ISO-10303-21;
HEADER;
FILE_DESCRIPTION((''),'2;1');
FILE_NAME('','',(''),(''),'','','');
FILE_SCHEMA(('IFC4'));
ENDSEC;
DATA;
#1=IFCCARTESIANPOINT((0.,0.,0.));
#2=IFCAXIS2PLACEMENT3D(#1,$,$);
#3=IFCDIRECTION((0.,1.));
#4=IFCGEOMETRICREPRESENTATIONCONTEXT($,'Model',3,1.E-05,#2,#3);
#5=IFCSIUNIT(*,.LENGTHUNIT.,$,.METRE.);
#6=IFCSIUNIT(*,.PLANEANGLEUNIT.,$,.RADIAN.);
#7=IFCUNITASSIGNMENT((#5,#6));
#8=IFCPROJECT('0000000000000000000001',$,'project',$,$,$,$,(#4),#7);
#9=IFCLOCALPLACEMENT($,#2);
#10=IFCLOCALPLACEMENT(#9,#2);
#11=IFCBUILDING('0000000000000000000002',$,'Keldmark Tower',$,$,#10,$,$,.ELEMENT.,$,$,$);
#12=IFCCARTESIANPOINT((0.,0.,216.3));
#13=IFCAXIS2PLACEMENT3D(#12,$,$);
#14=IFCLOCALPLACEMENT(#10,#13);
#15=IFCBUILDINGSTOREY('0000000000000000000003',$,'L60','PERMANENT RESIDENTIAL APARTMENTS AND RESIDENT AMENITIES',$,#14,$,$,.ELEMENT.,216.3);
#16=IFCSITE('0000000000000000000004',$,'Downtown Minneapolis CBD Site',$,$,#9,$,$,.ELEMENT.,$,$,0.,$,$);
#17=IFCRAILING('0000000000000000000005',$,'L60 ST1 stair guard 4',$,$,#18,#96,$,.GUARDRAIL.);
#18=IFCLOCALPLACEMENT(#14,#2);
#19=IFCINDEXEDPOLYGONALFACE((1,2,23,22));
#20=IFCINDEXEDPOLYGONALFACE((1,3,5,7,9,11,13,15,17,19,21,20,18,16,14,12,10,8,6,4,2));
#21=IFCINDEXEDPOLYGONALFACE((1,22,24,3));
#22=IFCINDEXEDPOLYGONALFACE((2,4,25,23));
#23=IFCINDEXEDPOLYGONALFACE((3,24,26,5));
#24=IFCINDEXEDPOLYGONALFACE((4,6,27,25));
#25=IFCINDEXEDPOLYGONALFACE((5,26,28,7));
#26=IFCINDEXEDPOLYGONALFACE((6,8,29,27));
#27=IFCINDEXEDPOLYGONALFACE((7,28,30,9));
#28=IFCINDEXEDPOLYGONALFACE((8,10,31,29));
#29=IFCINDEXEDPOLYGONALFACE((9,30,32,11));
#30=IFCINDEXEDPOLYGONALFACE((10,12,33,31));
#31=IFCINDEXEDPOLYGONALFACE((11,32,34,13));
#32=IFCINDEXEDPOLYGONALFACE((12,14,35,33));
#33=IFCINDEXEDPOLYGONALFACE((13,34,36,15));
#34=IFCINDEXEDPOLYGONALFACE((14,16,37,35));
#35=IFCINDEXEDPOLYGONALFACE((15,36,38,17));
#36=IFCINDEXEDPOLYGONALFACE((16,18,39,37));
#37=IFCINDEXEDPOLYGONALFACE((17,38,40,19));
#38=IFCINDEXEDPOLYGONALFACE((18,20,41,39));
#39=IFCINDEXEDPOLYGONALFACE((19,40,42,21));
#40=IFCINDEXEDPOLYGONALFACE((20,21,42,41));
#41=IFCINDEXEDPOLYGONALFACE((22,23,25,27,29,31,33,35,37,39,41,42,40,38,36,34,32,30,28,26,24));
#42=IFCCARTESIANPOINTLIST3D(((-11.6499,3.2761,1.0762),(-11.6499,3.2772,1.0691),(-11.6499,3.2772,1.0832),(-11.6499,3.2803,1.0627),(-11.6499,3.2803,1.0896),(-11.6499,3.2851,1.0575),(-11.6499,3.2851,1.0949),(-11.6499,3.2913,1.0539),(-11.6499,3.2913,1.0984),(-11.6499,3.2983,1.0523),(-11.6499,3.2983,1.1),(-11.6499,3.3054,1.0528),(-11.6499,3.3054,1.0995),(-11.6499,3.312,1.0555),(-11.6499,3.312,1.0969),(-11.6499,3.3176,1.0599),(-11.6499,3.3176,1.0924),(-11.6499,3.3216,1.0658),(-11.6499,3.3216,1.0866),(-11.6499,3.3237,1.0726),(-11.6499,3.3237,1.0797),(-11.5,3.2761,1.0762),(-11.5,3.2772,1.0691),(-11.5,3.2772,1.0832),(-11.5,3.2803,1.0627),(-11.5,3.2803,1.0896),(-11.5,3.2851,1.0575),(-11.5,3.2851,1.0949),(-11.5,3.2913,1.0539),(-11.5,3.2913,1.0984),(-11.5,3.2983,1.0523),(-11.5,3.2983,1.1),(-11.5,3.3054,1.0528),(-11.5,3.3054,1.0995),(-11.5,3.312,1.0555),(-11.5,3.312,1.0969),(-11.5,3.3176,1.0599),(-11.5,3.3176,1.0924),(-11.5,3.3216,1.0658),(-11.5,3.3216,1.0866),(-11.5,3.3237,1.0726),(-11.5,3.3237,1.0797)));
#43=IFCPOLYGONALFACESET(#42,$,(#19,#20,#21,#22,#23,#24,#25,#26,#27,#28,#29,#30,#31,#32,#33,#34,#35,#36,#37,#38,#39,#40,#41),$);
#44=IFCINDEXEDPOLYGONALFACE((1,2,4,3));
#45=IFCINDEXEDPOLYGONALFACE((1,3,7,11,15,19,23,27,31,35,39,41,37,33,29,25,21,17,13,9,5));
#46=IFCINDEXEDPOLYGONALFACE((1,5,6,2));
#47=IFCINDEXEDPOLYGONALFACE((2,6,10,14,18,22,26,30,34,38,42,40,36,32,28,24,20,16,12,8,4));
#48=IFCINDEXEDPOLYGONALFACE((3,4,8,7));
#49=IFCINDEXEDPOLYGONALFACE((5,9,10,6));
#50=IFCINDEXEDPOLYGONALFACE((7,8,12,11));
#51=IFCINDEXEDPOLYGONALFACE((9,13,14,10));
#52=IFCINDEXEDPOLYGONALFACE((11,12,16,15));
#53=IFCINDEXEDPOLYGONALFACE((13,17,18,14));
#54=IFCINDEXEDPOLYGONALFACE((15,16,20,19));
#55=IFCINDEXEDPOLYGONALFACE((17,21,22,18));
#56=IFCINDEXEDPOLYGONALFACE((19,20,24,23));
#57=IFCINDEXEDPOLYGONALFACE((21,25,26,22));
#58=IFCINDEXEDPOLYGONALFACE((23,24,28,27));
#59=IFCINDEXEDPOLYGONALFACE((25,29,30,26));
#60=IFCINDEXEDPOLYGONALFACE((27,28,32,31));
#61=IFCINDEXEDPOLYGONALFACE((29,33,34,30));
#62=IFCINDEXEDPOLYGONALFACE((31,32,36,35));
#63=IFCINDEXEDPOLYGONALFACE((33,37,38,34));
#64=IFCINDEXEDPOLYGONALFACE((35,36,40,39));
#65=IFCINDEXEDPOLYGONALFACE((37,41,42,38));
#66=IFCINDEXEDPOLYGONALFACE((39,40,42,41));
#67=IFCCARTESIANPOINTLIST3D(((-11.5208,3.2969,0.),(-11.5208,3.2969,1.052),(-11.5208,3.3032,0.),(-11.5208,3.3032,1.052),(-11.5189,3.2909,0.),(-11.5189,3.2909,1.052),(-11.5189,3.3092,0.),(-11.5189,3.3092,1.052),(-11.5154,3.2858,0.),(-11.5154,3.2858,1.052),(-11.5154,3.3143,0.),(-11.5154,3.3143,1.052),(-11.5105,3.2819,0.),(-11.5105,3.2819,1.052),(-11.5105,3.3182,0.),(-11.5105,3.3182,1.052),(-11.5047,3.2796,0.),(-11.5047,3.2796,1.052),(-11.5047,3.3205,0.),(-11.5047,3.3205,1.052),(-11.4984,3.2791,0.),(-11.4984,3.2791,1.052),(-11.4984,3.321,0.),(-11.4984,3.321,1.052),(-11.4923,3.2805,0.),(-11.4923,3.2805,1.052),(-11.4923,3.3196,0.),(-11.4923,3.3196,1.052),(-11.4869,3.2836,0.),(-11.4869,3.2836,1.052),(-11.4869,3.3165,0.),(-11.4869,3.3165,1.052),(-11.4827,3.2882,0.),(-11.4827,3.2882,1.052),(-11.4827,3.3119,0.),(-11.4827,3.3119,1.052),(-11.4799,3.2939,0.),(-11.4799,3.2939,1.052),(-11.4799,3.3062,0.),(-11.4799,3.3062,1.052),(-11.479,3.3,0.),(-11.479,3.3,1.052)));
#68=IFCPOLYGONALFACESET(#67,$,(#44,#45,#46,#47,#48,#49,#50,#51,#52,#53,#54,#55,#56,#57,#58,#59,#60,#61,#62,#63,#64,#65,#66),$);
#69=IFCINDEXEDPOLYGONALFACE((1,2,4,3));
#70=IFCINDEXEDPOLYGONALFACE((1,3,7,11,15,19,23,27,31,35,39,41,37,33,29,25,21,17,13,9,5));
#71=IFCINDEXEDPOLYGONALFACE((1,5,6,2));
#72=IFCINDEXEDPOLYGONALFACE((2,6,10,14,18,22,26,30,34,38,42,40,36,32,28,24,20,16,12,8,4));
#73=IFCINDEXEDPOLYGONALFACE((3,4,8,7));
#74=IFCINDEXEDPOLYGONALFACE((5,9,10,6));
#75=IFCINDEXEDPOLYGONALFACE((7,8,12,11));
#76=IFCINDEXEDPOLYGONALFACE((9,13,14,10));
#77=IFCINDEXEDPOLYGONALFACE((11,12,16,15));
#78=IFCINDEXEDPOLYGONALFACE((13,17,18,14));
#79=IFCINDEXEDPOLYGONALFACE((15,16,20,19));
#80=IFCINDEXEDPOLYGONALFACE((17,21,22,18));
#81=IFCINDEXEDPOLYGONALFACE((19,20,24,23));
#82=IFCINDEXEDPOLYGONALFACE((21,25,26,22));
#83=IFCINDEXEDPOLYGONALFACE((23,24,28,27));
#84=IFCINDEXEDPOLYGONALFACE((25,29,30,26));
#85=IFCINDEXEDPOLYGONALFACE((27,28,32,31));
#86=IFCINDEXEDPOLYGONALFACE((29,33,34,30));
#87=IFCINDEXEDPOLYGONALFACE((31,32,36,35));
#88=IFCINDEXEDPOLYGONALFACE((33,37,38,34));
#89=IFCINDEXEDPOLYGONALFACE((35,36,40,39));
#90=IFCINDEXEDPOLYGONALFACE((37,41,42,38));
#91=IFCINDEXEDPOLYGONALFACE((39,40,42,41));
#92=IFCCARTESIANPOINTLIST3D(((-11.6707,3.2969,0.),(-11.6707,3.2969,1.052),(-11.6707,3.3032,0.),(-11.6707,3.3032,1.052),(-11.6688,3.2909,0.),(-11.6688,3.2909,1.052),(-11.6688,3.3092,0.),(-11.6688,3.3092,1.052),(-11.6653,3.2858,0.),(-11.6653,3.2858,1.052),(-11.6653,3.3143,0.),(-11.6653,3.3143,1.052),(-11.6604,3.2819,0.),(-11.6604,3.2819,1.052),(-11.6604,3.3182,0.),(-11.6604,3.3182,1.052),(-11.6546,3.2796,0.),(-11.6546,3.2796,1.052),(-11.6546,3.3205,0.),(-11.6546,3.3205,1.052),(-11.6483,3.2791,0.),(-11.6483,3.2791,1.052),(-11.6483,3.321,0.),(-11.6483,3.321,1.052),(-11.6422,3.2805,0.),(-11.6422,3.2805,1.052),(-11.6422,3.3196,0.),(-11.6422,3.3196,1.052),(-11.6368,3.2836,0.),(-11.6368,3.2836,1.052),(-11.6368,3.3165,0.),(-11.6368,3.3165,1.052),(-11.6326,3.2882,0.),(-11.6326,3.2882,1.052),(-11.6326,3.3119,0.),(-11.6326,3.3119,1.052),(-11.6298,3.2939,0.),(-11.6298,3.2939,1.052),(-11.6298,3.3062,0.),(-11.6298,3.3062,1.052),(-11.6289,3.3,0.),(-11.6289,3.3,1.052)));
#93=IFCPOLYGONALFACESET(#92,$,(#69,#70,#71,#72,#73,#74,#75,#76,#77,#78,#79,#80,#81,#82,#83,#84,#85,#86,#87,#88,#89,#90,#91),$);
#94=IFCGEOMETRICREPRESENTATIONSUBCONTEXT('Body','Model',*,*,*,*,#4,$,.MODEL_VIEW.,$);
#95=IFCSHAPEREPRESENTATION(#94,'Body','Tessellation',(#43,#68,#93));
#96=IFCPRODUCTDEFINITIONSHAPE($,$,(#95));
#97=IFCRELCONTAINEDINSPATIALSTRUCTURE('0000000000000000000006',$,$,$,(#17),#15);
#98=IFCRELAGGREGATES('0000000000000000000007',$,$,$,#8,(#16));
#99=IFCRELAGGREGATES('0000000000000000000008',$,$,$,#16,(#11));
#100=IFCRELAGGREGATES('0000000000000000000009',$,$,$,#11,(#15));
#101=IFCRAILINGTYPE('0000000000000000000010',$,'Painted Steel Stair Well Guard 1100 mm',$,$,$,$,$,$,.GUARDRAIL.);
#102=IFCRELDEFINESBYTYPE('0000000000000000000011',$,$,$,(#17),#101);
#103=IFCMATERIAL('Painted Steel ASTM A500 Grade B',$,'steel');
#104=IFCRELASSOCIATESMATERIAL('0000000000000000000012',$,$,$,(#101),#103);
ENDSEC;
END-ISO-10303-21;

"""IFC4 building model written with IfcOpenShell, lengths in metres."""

from ifc_helpers import new_model, si_unit, direction, frame, origin, origin_2d, place, context, subcontext, project, spatial, circle, extrude, material, type_object, element, save


model = new_model("IFC4")

# Units and contexts
model_context = context("Model", 3, precision=1e-05, world=origin(), true_north=direction((0.0, 1.0)))
body_context = subcontext(model_context, "Body", "Model", "MODEL_VIEW")
ifc_project = project(units=[si_unit("LENGTHUNIT", "METRE"), si_unit("PLANEANGLEUNIT", "RADIAN")], contexts=[model_context])

# Site, building, storey
site_placement = place(None, origin())
site = spatial("IfcSite", under=ifc_project, at=site_placement, Name="Downtown Minneapolis CBD Site", CompositionType="ELEMENT", RefElevation=0.0)
building_placement = place(site_placement, origin())
building = spatial("IfcBuilding", under=site, at=building_placement, Name="Keldmark Tower", CompositionType="ELEMENT")
storey_placement = place(building_placement, frame((0.0, 0.0, 216.3)))
storey = spatial("IfcBuildingStorey", under=building, at=storey_placement, Name="L60", Description="PERMANENT RESIDENTIAL APARTMENTS AND RESIDENT AMENITIES", CompositionType="ELEMENT", Elevation=216.3)

# Railing
ifc_material_1 = material(Name="Painted Steel ASTM A500 Grade B", Category="steel")
railing_type_1 = type_object("IfcRailingType", Name="Painted Steel Stair Well Guard 1100 mm", PredefinedType="GUARDRAIL", material=ifc_material_1)
railing_1_placement = place(storey_placement, frame((-11.5, 3.3, 0.0)))
element("IfcRailing", 1, at=railing_1_placement, inside=storey, type_object=railing_type_1, Name="L60 ST1 stair guard 4", PredefinedType="GUARDRAIL", context=body_context, shape_type="SweptSolid", body=[
    extrude(circle(Radius=0.0239, at=origin_2d()), frame((0.0, 0.0, 1.0762), z_axis=(-1.0, 0.0, 0.0), x_axis=(0.0, -1.0, 0.0)), (0.0, 0.0, 1.0), 0.1499),
    extrude(circle(Radius=0.021, at=origin_2d()), origin(), (0.0, 0.0, 1.0), 1.052),
    extrude(circle(Radius=0.021, at=origin_2d()), frame((-0.1499, 0.0, 0.0)), (0.0, 0.0, 1.0), 1.052),
])

save(model, "model.ifc")
